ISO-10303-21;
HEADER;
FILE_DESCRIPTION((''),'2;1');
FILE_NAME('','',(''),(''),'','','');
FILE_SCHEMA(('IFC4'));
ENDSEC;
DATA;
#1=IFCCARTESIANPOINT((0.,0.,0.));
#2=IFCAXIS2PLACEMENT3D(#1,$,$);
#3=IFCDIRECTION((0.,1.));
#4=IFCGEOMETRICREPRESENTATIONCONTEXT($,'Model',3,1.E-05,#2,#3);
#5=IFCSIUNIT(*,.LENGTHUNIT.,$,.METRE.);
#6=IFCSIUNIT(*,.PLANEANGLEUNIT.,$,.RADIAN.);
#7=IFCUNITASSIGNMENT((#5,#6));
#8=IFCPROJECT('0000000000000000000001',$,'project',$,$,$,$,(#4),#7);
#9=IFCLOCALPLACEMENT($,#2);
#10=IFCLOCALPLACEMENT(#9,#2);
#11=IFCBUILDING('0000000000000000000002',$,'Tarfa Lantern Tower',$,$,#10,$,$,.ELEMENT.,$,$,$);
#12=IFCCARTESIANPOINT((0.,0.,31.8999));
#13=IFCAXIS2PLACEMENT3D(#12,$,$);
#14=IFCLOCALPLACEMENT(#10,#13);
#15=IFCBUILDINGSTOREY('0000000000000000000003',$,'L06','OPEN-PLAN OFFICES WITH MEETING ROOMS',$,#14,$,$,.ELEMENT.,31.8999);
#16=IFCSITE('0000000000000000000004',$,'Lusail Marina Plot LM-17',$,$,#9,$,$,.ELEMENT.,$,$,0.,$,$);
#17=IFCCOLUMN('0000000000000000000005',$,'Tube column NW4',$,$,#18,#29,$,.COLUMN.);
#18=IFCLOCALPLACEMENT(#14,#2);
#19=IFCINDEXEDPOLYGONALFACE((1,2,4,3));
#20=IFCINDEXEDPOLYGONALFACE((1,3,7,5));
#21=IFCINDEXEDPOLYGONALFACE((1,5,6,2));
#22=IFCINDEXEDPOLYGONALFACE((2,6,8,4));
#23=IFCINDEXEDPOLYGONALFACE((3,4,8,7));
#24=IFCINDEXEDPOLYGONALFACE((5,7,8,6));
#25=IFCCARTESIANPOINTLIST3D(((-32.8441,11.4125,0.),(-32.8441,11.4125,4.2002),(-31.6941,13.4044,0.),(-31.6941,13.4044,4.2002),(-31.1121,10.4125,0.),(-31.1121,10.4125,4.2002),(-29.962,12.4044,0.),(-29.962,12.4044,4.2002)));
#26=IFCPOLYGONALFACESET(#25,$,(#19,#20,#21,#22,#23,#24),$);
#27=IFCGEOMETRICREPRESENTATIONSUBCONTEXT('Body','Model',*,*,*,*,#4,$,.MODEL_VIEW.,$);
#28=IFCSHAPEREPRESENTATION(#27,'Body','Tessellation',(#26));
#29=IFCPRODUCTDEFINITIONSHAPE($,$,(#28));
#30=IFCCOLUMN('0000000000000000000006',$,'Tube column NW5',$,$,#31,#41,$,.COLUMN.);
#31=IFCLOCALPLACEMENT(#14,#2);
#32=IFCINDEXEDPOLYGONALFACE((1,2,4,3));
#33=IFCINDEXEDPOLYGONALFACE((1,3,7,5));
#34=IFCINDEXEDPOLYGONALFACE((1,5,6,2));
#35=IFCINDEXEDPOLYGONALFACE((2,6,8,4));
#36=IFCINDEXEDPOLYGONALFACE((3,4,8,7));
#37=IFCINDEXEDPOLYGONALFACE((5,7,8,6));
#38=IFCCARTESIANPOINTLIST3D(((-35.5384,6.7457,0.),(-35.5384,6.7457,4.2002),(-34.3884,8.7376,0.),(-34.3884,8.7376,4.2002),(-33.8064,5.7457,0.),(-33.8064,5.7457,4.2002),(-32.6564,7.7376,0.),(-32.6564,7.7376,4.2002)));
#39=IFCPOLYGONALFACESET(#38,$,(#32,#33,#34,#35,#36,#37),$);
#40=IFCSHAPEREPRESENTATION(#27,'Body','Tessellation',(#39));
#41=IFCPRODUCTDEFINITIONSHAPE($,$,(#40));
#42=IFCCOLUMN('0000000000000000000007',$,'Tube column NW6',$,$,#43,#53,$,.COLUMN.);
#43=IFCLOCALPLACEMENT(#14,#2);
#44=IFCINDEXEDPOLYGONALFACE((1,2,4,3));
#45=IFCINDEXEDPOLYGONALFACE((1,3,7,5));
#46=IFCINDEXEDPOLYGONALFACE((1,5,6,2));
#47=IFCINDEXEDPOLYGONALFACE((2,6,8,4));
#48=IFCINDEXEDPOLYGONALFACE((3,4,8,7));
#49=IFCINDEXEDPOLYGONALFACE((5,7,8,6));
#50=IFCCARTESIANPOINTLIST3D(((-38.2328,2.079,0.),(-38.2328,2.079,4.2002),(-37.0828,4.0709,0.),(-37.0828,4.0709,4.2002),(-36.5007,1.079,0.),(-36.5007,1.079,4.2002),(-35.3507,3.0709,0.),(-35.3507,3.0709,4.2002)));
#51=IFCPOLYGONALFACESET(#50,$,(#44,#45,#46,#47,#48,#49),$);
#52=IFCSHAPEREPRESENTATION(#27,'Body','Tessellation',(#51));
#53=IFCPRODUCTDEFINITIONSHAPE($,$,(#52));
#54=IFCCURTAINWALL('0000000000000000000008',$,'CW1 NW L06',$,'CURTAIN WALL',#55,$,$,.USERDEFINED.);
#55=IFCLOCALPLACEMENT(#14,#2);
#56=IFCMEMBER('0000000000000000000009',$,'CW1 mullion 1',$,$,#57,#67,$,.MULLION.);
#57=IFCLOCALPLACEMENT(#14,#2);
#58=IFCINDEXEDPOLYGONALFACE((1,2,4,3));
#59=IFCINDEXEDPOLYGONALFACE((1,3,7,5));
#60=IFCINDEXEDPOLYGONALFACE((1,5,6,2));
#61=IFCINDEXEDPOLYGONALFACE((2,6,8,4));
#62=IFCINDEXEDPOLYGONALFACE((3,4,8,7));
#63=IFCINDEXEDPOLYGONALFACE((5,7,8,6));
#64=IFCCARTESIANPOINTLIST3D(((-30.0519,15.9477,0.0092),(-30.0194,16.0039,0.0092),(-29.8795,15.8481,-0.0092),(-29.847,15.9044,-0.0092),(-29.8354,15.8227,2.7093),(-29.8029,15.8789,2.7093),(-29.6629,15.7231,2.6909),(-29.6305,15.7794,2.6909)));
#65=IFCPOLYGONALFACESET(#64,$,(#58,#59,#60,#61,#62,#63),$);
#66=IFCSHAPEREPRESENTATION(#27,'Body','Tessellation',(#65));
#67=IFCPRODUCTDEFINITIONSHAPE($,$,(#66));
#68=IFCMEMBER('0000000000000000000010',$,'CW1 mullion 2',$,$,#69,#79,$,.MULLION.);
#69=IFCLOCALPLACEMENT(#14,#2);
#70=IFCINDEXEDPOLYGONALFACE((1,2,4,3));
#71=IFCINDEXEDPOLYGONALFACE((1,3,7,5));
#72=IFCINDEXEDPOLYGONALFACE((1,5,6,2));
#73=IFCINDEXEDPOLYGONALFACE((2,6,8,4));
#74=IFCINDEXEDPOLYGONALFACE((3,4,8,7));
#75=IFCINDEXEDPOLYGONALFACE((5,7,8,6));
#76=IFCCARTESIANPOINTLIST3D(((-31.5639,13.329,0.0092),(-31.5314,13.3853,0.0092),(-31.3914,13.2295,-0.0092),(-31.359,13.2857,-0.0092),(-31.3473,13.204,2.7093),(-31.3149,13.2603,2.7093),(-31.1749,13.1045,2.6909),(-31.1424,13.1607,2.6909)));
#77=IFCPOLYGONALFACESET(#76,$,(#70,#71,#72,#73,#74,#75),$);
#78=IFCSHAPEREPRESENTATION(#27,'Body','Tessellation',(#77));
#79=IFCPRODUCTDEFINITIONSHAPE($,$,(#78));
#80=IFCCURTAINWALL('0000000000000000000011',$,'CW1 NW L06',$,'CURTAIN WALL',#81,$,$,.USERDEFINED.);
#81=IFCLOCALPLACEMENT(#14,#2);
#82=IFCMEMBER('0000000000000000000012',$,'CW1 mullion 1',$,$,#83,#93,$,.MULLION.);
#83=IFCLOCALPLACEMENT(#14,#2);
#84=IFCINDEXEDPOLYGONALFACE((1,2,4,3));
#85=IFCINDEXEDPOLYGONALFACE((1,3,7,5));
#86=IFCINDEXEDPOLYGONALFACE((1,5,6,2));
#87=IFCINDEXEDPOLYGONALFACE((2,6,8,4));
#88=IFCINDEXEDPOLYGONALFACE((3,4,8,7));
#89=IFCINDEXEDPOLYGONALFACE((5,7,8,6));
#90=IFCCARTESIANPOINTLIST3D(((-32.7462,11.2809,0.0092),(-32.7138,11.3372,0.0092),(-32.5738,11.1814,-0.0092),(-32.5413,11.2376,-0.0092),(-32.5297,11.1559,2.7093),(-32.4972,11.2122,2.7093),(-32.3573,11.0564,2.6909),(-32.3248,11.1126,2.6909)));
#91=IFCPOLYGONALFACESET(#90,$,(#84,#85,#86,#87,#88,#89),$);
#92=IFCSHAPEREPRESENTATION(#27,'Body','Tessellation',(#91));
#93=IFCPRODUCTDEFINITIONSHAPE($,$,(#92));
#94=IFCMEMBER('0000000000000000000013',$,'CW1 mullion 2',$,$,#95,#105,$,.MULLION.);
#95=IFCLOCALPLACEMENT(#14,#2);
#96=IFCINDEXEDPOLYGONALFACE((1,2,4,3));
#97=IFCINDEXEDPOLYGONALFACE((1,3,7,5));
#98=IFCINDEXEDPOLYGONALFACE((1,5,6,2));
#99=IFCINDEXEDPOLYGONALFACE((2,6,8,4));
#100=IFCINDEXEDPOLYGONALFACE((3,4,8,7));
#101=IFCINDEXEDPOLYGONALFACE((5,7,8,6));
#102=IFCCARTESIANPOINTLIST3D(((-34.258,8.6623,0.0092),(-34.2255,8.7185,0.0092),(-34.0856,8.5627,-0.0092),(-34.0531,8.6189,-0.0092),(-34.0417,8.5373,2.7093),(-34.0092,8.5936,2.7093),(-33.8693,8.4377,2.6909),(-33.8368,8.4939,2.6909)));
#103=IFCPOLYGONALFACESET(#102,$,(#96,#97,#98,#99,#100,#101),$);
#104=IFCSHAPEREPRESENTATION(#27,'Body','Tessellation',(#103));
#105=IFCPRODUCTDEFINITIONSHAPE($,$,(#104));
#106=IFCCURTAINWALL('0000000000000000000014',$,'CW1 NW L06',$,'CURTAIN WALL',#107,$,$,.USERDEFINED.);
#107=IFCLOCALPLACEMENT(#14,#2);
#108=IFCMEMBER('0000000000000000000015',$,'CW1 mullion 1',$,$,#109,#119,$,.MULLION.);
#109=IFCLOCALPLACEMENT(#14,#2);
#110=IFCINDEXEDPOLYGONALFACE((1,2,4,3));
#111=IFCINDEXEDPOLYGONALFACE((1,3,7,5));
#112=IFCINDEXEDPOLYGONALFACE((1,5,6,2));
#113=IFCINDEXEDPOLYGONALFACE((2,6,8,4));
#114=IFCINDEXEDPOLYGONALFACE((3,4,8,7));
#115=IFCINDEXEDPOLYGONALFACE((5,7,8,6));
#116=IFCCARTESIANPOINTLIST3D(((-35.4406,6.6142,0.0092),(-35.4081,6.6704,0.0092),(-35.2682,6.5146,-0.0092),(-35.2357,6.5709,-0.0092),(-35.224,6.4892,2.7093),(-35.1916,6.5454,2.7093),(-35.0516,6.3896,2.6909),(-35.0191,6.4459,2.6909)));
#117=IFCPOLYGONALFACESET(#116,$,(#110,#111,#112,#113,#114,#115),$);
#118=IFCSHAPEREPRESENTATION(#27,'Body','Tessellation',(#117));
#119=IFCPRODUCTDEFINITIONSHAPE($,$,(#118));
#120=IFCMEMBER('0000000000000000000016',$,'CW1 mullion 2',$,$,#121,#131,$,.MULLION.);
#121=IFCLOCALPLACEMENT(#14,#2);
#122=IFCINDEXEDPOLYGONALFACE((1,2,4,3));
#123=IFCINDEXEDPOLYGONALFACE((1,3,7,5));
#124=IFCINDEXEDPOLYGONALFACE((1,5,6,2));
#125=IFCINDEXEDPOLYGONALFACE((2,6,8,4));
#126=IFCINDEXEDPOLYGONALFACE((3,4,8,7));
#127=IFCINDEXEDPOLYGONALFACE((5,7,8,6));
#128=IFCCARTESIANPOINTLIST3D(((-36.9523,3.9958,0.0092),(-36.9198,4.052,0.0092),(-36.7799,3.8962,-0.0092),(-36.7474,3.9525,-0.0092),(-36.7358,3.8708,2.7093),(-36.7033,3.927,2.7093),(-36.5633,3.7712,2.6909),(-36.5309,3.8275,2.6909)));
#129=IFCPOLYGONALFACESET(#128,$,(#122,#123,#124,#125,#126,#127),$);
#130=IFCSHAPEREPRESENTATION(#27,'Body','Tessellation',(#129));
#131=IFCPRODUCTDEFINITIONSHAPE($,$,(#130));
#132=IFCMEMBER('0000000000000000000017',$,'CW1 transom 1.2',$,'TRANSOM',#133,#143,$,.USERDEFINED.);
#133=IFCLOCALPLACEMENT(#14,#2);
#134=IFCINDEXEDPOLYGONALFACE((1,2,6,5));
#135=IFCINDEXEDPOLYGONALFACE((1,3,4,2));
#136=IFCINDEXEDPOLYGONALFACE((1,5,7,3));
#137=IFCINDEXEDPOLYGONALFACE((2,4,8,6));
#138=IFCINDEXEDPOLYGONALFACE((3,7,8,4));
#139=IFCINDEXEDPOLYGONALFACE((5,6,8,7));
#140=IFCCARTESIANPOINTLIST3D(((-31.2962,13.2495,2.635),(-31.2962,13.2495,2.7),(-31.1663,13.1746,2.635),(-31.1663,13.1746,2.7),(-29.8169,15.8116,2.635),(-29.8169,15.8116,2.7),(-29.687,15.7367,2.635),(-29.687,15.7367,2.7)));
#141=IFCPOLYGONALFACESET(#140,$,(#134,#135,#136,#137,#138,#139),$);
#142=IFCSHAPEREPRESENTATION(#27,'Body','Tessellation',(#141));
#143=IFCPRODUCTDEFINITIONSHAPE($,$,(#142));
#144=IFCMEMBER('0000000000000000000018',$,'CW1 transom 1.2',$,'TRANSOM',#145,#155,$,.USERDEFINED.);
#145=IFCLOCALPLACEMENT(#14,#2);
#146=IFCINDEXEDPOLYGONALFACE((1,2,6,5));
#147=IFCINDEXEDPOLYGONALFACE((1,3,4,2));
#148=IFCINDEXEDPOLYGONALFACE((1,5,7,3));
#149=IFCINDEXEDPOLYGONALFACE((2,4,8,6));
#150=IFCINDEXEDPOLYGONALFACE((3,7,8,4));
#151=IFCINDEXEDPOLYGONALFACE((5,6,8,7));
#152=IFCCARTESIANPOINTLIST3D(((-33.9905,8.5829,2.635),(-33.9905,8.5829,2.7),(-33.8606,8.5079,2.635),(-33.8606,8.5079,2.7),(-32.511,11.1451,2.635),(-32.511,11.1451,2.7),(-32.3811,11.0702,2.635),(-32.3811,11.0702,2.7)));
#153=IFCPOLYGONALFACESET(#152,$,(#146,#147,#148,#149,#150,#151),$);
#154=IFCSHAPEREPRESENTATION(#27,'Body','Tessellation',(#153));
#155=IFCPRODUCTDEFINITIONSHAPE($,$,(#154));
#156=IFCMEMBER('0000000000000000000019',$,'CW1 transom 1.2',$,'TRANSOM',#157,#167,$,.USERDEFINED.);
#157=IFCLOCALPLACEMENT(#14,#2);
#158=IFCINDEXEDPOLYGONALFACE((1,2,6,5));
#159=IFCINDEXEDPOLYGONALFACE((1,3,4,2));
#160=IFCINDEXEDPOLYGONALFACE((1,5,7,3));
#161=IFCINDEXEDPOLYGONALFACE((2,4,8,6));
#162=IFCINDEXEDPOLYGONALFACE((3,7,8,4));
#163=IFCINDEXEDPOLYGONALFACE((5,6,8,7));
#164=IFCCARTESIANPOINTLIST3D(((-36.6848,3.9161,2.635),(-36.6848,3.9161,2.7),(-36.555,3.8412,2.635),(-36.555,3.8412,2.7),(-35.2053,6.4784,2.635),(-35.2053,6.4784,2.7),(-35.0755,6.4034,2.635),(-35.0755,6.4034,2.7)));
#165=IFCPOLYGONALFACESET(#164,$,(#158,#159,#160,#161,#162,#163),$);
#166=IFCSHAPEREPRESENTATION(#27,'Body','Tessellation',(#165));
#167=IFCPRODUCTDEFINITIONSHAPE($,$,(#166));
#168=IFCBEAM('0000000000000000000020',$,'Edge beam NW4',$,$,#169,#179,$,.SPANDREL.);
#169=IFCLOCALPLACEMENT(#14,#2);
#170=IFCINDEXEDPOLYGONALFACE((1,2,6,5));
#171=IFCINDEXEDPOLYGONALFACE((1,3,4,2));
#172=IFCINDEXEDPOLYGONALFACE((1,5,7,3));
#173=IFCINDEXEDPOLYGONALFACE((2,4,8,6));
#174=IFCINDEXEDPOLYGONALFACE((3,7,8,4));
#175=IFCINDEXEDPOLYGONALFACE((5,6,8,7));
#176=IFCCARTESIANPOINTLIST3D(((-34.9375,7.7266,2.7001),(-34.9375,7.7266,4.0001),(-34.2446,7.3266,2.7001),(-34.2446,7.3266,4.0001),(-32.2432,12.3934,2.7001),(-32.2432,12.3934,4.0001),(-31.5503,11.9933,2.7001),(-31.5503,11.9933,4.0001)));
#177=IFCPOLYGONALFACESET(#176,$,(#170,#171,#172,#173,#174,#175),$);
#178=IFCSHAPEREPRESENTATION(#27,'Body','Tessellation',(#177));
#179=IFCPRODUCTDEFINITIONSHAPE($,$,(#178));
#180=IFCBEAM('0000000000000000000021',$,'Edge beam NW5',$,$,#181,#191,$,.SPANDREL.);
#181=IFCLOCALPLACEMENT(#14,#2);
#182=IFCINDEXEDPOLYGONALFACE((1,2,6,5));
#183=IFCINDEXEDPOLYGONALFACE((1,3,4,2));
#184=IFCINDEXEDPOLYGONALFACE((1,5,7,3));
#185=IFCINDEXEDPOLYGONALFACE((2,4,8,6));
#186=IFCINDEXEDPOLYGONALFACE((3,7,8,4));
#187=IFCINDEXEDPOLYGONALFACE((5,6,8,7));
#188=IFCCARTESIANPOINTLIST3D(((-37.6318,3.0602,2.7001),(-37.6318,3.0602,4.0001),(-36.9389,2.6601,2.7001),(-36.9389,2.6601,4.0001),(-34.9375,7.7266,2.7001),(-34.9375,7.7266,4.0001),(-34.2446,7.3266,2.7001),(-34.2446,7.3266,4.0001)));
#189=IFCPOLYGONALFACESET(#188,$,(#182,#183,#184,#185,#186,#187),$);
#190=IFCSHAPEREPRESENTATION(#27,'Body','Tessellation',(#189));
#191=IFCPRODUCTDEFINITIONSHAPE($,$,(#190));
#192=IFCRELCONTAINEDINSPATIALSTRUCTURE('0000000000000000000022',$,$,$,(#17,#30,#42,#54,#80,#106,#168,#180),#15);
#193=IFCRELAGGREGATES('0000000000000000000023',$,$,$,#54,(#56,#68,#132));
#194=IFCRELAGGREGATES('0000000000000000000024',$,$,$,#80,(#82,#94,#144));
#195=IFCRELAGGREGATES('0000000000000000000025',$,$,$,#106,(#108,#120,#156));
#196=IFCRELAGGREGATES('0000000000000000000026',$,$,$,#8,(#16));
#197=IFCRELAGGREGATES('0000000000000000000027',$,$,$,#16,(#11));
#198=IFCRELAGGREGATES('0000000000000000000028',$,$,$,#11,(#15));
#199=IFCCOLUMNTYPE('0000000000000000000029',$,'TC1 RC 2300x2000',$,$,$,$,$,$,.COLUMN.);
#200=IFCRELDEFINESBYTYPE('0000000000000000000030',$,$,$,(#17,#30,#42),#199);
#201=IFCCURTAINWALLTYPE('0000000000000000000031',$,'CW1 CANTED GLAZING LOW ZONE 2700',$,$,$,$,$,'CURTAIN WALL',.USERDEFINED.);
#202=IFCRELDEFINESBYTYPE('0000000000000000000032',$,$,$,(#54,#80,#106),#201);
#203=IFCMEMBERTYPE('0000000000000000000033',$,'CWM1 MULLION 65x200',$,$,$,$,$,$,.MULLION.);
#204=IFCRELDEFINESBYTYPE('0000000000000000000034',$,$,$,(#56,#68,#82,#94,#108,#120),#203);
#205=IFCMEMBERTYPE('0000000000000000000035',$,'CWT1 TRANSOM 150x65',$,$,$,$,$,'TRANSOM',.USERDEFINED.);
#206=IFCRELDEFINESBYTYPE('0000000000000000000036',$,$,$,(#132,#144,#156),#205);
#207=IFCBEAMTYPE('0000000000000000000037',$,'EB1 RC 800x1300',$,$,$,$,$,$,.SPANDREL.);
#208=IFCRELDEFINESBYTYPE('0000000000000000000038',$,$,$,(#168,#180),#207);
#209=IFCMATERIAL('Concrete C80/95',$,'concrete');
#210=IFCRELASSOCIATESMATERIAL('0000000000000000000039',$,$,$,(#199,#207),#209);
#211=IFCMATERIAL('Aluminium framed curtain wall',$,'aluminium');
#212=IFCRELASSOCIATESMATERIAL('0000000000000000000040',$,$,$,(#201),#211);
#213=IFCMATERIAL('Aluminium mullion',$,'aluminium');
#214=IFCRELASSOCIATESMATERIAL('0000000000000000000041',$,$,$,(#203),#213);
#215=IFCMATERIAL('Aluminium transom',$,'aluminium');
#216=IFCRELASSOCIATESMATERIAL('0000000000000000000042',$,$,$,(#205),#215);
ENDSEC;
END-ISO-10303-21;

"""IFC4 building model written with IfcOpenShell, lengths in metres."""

from ifc_helpers import new_model, si_unit, direction, frame, origin, origin_2d, place, context, subcontext, project, spatial, rectangle, extrude, material, material_profile, profile_set, type_object, element, aggregate, save


model = new_model("IFC4")

# Units and contexts
model_context = context("Model", 3, precision=1e-05, world=origin(), true_north=direction((0.0, 1.0)))
body_context = subcontext(model_context, "Body", "Model", "MODEL_VIEW")
ifc_project = project(units=[si_unit("LENGTHUNIT", "METRE"), si_unit("PLANEANGLEUNIT", "RADIAN")], contexts=[model_context])

# Site, building, storey
site_placement = place(None, origin())
site = spatial("IfcSite", under=ifc_project, at=site_placement, Name="Lusail Marina Plot LM-17", CompositionType="ELEMENT", RefElevation=0.0)
building_placement = place(site_placement, origin())
building = spatial("IfcBuilding", under=site, at=building_placement, Name="Tarfa Lantern Tower", CompositionType="ELEMENT")
storey_placement = place(building_placement, frame((0.0, 0.0, 31.8999)))
storey = spatial("IfcBuildingStorey", under=building, at=storey_placement, Name="L06", Description="OPEN-PLAN OFFICES WITH MEETING ROOMS", CompositionType="ELEMENT", Elevation=31.8999)

# Columns
ifc_material_1 = material(Name="Concrete C80/95", Category="concrete")
ifc_material_profile_1 = material_profile(ifc_material_1, rectangle(XDim=2.3, YDim=2.0, at=origin_2d()), Name="RC 2300x2000")
ifc_profile_set_1 = profile_set([ifc_material_profile_1], Name="Concrete C80/95")
column_type = type_object("IfcColumnType", Name="TC1 RC 2300x2000", PredefinedType="COLUMN", material=ifc_profile_set_1)
for number, where, z_axis, x_axis, name in (
    (1, (-31.4031, 11.9084, 0.0), (0.0, 0.0, 1.0), (-0.5, -0.866025, 0.0), "Tube column NW4"),
    (2, (-34.0974, 7.2417, 0.0), (0.0, 0.0, 1.0), (-0.5, -0.866025, 0.0), "Tube column NW5"),
    (3, (-36.7917, 2.575, 0.0), (0.0, 0.0, 1.0), (-0.5, -0.866025, 0.0), "Tube column NW6"),
):
    element("IfcColumn", number, at=place(storey_placement, frame(where, z_axis=z_axis, x_axis=x_axis)), inside=storey, type_object=column_type, Name=name, PredefinedType="COLUMN", context=body_context, shape_type="SweptSolid", body=[
        extrude(rectangle(XDim=2.3, YDim=2.0, at=origin_2d()), origin(), (0.0, 0.0, 1.0), 4.2002),
    ])

# Curtain walls, members
ifc_material_2 = material(Name="Aluminium framed curtain wall", Category="aluminium")
curtain_wall_type = type_object("IfcCurtainWallType", Name="CW1 CANTED GLAZING LOW ZONE 2700", ElementType="CURTAIN WALL", PredefinedType="USERDEFINED", material=ifc_material_2)
curtain_wall_1_placement = place(storey_placement, origin())
curtain_wall_1 = element("IfcCurtainWall", 4, at=curtain_wall_1_placement, inside=storey, type_object=curtain_wall_type, Name="CW1 NW L06", ObjectType="CURTAIN WALL", PredefinedType="USERDEFINED")
ifc_material_3 = material(Name="Aluminium mullion", Category="aluminium")
ifc_material_profile_2 = material_profile(ifc_material_3, rectangle(XDim=0.0649, YDim=0.2, at=origin_2d()), Name="AL MULLION 65x200")
ifc_profile_set_2 = profile_set([ifc_material_profile_2], Name="Aluminium mullion")
member_type_1 = type_object("IfcMemberType", Name="CWM1 MULLION 65x200", PredefinedType="MULLION", material=ifc_profile_set_2)
member_1_placement = place(storey_placement, frame((-29.9495, 15.926, 0.0), z_axis=(0.079857, -0.046096, 0.99574), x_axis=(0.49992, 0.866072, 0.0)))
member_1 = element("IfcMember", 5, at=member_1_placement, type_object=member_type_1, Name="CW1 mullion 1", PredefinedType="MULLION", context=body_context, shape_type="SweptSolid", body=[
    extrude(rectangle(XDim=0.0649, YDim=0.2, at=origin_2d()), origin(), (0.0, 0.0, 1.0), 2.7117),
])
member_2_placement = place(storey_placement, frame((-31.4614, 13.3074, 0.0), z_axis=(0.079857, -0.046096, 0.99574), x_axis=(0.49992, 0.866072, 0.0)))
member_2 = element("IfcMember", 6, at=member_2_placement, type_object=member_type_1, Name="CW1 mullion 2", PredefinedType="MULLION", context=body_context, shape_type="SweptSolid", body=[
    extrude(rectangle(XDim=0.0649, YDim=0.2, at=origin_2d()), origin(), (0.0, 0.0, 1.0), 2.7117),
])
curtain_wall_2_placement = place(storey_placement, origin())
curtain_wall_2 = element("IfcCurtainWall", 7, at=curtain_wall_2_placement, inside=storey, type_object=curtain_wall_type, Name="CW1 NW L06", ObjectType="CURTAIN WALL", PredefinedType="USERDEFINED")
member_3_placement = place(storey_placement, frame((-32.6438, 11.2593, 0.0), z_axis=(0.079857, -0.046096, 0.99574), x_axis=(0.49992, 0.866072, 0.0)))
member_3 = element("IfcMember", 8, at=member_3_placement, type_object=member_type_1, Name="CW1 mullion 1", PredefinedType="MULLION", context=body_context, shape_type="SweptSolid", body=[
    extrude(rectangle(XDim=0.0649, YDim=0.2, at=origin_2d()), origin(), (0.0, 0.0, 1.0), 2.7117),
])
member_4_placement = place(storey_placement, frame((-34.1555, 8.6406, 0.0), z_axis=(0.079768, -0.046096, 0.995747), x_axis=(0.500343, 0.865827, 0.0)))
member_4 = element("IfcMember", 9, at=member_4_placement, type_object=member_type_1, Name="CW1 mullion 2", PredefinedType="MULLION", context=body_context, shape_type="SweptSolid", body=[
    extrude(rectangle(XDim=0.0649, YDim=0.2, at=origin_2d()), origin(), (0.0, 0.0, 1.0), 2.7117),
])
curtain_wall_3_placement = place(storey_placement, origin())
curtain_wall_3 = element("IfcCurtainWall", 10, at=curtain_wall_3_placement, inside=storey, type_object=curtain_wall_type, Name="CW1 NW L06", ObjectType="CURTAIN WALL", PredefinedType="USERDEFINED")
member_5_placement = place(storey_placement, frame((-35.3381, 6.5925, 0.0), z_axis=(0.079857, -0.046096, 0.99574), x_axis=(0.49992, 0.866072, 0.0)))
member_5 = element("IfcMember", 11, at=member_5_placement, type_object=member_type_1, Name="CW1 mullion 1", PredefinedType="MULLION", context=body_context, shape_type="SweptSolid", body=[
    extrude(rectangle(XDim=0.0649, YDim=0.2, at=origin_2d()), origin(), (0.0, 0.0, 1.0), 2.7117),
])
member_6_placement = place(storey_placement, frame((-36.8499, 3.9741, 0.0), z_axis=(0.079857, -0.046096, 0.99574), x_axis=(0.49992, 0.866072, 0.0)))
member_6 = element("IfcMember", 12, at=member_6_placement, type_object=member_type_1, Name="CW1 mullion 2", PredefinedType="MULLION", context=body_context, shape_type="SweptSolid", body=[
    extrude(rectangle(XDim=0.0649, YDim=0.2, at=origin_2d()), origin(), (0.0, 0.0, 1.0), 2.7117),
])

# Members
ifc_material_4 = material(Name="Aluminium transom", Category="aluminium")
ifc_material_profile_3 = material_profile(ifc_material_4, rectangle(XDim=0.1499, YDim=0.0649, at=origin_2d()), Name="AL TRANSOM 150x65")
ifc_profile_set_3 = profile_set([ifc_material_profile_3], Name="Aluminium transom")
member_type_2 = type_object("IfcMemberType", Name="CWT1 TRANSOM 150x65", ElementType="TRANSOM", PredefinedType="USERDEFINED", material=ifc_profile_set_3)
member_7_placement = place(storey_placement, frame((-29.752, 15.7742, 2.6675), z_axis=(-0.500018, -0.866015, 0.0), x_axis=(0.866015, -0.500018, 0.0)))
member_7 = element("IfcMember", 13, at=member_7_placement, type_object=member_type_2, Name="CW1 transom 1.2", ObjectType="TRANSOM", PredefinedType="USERDEFINED", context=body_context, shape_type="SweptSolid", body=[
    extrude(rectangle(XDim=0.1499, YDim=0.0649, at=origin_2d()), origin(), (0.0, 0.0, 1.0), 2.9585),
])
member_8_placement = place(storey_placement, frame((-32.446, 11.1077, 2.6675), z_axis=(-0.500044, -0.866, 0.0), x_axis=(0.866, -0.500044, 0.0)))
member_8 = element("IfcMember", 14, at=member_8_placement, type_object=member_type_2, Name="CW1 transom 1.2", ObjectType="TRANSOM", PredefinedType="USERDEFINED", context=body_context, shape_type="SweptSolid", body=[
    extrude(rectangle(XDim=0.1499, YDim=0.0649, at=origin_2d()), origin(), (0.0, 0.0, 1.0), 2.9587),
])
member_9_placement = place(storey_placement, frame((-35.1404, 6.4409, 2.6675), z_axis=(-0.500044, -0.866, 0.0), x_axis=(0.866, -0.500044, 0.0)))
member_9 = element("IfcMember", 15, at=member_9_placement, type_object=member_type_2, Name="CW1 transom 1.2", ObjectType="TRANSOM", PredefinedType="USERDEFINED", context=body_context, shape_type="SweptSolid", body=[
    extrude(rectangle(XDim=0.1499, YDim=0.0649, at=origin_2d()), origin(), (0.0, 0.0, 1.0), 2.9587),
])

# Beams
ifc_material_profile_4 = material_profile(ifc_material_1, rectangle(XDim=0.8, YDim=1.3, at=origin_2d()), Name="RC 800x1300")
ifc_profile_set_4 = profile_set([ifc_material_profile_4], Name="Concrete C80/95")
beam_type_1 = type_object("IfcBeamType", Name="EB1 RC 800x1300", PredefinedType="SPANDREL", material=ifc_profile_set_4)
beam_1_placement = place(storey_placement, frame((-31.8967, 12.1934, 3.3501), z_axis=(-0.499998, -0.866026, 0.0), x_axis=(0.866026, -0.499998, 0.0)))
element("IfcBeam", 16, at=beam_1_placement, inside=storey, type_object=beam_type_1, Name="Edge beam NW4", PredefinedType="SPANDREL", context=body_context, shape_type="SweptSolid", body=[
    extrude(rectangle(XDim=0.8, YDim=1.3, at=origin_2d()), origin(), (0.0, 0.0, 1.0), 5.3887),
])
beam_2_placement = place(storey_placement, frame((-34.5911, 7.5266, 3.3501), z_axis=(-0.500018, -0.866015, 0.0), x_axis=(0.866015, -0.500018, 0.0)))
element("IfcBeam", 17, at=beam_2_placement, inside=storey, type_object=beam_type_1, Name="Edge beam NW5", PredefinedType="SPANDREL", context=body_context, shape_type="SweptSolid", body=[
    extrude(rectangle(XDim=0.8, YDim=1.3, at=origin_2d()), origin(), (0.0, 0.0, 1.0), 5.3884),
])

aggregate(curtain_wall_1, [member_1, member_2, member_7])
aggregate(curtain_wall_2, [member_3, member_4, member_8])
aggregate(curtain_wall_3, [member_5, member_6, member_9])

save(model, "model.ifc")
